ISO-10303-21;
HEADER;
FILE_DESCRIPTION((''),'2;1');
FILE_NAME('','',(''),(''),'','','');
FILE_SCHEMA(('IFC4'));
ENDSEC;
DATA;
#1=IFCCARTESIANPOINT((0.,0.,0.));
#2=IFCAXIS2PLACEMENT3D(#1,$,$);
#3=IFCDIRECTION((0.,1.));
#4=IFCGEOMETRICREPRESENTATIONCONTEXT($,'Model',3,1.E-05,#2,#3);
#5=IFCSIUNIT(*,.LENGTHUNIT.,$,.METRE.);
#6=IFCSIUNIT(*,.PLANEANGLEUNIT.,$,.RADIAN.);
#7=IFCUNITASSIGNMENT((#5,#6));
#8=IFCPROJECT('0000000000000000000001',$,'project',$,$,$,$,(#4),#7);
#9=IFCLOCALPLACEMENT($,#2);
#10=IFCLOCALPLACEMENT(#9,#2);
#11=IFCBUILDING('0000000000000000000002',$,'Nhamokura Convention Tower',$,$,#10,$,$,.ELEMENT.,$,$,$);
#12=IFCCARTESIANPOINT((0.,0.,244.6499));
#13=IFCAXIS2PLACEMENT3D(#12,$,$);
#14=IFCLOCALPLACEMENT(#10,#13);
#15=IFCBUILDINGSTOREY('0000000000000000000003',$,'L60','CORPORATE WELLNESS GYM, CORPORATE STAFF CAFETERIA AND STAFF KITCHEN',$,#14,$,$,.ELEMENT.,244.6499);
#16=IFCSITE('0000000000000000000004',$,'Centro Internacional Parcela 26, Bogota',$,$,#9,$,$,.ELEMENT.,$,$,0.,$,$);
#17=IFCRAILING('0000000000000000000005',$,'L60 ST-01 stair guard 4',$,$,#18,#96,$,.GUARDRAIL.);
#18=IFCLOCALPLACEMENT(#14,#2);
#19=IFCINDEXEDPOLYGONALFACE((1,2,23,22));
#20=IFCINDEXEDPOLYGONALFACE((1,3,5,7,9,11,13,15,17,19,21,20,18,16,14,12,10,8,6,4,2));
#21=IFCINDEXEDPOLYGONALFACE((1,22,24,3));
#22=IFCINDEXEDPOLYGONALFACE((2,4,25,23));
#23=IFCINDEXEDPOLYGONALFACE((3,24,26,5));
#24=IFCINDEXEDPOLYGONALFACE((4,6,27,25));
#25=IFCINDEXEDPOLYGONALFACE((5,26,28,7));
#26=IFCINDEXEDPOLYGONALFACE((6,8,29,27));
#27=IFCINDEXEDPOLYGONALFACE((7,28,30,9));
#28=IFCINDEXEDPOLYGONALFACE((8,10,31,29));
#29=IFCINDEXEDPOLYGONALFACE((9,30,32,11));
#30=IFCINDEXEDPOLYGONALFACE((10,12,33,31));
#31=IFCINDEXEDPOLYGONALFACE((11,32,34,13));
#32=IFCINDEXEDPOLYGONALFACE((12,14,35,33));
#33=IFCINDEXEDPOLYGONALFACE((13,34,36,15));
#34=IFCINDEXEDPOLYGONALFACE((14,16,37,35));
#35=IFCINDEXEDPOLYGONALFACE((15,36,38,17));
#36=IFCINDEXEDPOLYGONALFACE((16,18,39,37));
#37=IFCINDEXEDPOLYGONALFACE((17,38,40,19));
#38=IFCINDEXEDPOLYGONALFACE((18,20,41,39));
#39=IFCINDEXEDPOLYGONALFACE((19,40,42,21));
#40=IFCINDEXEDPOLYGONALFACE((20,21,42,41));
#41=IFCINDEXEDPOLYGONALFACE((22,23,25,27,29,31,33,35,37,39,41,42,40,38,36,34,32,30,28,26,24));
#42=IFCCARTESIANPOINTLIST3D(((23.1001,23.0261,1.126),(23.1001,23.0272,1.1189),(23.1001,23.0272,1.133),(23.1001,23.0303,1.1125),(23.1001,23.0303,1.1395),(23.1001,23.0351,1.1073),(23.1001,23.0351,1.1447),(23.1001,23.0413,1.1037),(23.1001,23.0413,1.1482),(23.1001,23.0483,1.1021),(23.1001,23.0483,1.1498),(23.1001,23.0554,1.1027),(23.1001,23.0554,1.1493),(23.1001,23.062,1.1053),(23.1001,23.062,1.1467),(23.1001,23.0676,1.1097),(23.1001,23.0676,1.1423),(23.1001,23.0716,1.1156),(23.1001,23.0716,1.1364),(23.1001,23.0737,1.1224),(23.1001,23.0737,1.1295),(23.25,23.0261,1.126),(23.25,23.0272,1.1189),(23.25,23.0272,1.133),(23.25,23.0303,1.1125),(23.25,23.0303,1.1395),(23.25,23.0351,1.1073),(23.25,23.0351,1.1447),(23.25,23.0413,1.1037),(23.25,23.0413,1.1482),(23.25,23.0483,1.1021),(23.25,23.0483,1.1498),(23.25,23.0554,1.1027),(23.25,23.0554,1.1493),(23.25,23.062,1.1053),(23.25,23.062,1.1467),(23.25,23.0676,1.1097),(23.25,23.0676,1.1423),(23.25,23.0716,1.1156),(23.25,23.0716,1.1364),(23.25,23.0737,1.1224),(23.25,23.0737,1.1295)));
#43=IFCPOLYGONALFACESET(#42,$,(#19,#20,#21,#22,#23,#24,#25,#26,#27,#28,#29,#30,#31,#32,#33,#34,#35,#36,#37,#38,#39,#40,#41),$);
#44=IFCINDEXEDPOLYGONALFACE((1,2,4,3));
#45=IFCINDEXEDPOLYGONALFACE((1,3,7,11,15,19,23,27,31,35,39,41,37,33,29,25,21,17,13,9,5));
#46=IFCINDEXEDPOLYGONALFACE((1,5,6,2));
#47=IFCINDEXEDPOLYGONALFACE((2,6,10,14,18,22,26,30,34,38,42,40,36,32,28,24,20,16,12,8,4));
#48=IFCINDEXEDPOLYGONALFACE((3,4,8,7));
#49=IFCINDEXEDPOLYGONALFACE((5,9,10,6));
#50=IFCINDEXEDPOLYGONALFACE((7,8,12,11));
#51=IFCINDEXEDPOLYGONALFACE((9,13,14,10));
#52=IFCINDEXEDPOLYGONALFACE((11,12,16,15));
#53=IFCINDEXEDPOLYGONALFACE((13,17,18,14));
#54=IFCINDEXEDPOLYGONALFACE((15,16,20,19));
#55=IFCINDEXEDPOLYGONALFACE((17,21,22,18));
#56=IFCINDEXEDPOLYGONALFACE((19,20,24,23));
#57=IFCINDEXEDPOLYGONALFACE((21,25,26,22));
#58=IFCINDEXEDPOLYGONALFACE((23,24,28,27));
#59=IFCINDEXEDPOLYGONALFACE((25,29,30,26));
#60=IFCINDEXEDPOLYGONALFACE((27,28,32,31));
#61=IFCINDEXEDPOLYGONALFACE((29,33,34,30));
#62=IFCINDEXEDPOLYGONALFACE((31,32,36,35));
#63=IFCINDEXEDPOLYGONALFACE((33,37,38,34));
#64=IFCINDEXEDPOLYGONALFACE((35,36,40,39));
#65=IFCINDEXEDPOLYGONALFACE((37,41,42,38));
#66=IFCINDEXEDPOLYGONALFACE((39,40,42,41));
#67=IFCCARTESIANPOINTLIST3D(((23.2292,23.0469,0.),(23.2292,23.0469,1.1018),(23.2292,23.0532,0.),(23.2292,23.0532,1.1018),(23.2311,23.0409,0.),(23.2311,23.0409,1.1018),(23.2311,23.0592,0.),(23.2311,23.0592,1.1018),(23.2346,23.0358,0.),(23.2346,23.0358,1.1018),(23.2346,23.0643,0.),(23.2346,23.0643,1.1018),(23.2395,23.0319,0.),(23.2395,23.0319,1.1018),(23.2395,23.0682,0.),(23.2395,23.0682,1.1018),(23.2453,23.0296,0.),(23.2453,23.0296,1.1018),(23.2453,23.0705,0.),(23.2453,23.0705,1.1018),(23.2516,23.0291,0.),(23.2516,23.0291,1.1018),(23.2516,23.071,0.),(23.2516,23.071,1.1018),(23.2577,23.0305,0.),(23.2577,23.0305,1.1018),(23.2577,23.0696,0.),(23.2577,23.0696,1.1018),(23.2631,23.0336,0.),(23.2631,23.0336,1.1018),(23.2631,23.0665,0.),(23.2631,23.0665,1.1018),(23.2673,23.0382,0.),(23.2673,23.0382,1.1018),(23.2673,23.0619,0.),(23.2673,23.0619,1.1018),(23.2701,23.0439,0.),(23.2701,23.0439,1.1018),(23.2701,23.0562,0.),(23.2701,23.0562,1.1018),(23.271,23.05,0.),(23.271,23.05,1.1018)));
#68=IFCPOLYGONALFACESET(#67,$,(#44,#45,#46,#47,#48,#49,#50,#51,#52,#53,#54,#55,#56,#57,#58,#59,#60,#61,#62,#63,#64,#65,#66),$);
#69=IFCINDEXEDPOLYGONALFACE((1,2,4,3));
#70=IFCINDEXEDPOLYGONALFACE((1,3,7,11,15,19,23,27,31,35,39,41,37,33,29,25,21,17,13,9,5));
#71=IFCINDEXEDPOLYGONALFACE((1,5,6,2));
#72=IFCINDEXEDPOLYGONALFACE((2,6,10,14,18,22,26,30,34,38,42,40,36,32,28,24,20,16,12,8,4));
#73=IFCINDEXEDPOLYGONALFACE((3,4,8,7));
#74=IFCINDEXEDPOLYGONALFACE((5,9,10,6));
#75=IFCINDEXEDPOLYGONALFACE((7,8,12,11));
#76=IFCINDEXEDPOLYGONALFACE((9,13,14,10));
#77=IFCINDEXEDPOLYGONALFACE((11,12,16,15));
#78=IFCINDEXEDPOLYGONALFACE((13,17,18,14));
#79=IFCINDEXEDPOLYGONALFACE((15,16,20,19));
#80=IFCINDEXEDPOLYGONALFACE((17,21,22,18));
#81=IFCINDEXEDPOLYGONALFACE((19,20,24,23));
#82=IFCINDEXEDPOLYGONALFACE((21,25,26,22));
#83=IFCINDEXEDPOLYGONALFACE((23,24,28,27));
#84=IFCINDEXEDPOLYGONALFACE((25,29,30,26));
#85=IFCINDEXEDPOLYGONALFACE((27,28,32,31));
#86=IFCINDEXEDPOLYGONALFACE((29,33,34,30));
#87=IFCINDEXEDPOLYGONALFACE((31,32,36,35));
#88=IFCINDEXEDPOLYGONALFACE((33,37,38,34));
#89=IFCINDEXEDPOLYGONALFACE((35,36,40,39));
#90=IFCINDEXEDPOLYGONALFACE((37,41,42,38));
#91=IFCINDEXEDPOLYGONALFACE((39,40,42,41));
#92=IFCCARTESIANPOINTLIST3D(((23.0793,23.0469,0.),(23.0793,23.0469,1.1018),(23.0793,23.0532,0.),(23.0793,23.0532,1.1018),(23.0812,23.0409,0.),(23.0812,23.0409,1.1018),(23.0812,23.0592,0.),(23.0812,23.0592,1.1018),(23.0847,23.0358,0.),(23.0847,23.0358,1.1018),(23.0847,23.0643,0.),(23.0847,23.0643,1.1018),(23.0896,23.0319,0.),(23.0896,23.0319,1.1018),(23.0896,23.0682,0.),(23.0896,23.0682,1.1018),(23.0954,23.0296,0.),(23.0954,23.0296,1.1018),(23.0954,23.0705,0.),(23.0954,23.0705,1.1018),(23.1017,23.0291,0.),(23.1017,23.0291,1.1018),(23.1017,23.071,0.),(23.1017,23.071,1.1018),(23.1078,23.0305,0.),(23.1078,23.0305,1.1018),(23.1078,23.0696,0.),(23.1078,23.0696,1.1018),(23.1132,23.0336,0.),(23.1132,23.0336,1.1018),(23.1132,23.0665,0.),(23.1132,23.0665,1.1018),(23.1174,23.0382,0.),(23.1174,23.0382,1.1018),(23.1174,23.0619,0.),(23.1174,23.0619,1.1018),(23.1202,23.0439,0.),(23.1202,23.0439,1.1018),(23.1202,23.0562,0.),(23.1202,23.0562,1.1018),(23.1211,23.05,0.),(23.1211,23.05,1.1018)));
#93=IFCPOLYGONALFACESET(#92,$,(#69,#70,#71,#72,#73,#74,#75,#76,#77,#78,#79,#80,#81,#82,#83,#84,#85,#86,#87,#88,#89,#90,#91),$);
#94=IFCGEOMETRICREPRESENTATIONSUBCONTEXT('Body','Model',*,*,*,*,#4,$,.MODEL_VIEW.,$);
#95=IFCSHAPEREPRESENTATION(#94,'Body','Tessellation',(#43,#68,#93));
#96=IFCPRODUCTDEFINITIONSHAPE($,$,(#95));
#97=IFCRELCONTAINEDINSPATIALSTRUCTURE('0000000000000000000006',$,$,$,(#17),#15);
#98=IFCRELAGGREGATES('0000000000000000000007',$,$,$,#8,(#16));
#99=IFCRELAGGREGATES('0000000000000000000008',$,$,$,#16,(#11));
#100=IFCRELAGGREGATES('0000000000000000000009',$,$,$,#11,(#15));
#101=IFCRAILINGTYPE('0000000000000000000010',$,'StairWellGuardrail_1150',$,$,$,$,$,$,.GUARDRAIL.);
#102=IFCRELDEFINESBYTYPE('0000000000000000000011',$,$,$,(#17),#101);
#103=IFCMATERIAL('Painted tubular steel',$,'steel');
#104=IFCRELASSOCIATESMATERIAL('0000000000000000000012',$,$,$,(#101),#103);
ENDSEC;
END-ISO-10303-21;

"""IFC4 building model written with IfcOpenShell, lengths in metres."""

from ifc_helpers import new_model, si_unit, direction, frame, origin, origin_2d, place, context, subcontext, project, spatial, circle, extrude, material, type_object, element, save


model = new_model("IFC4")

# Units and contexts
model_context = context("Model", 3, precision=1e-05, world=origin(), true_north=direction((0.0, 1.0)))
body_context = subcontext(model_context, "Body", "Model", "MODEL_VIEW")
ifc_project = project(units=[si_unit("LENGTHUNIT", "METRE"), si_unit("PLANEANGLEUNIT", "RADIAN")], contexts=[model_context])

# Site, building, storey
site_placement = place(None, origin())
site = spatial("IfcSite", under=ifc_project, at=site_placement, Name="Centro Internacional Parcela 26, Bogota", CompositionType="ELEMENT", RefElevation=0.0)
building_placement = place(site_placement, origin())
building = spatial("IfcBuilding", under=site, at=building_placement, Name="Nhamokura Convention Tower", CompositionType="ELEMENT")
storey_placement = place(building_placement, frame((0.0, 0.0, 244.6499)))
storey = spatial("IfcBuildingStorey", under=building, at=storey_placement, Name="L60", Description="CORPORATE WELLNESS GYM, CORPORATE STAFF CAFETERIA AND STAFF KITCHEN", CompositionType="ELEMENT", Elevation=244.6499)

# Railing
ifc_material_1 = material(Name="Painted tubular steel", Category="steel")
railing_type_1 = type_object("IfcRailingType", Name="StairWellGuardrail_1150", PredefinedType="GUARDRAIL", material=ifc_material_1)
railing_1_placement = place(storey_placement, frame((23.25, 23.05, 0.0)))
element("IfcRailing", 1, at=railing_1_placement, inside=storey, type_object=railing_type_1, Name="L60 ST-01 stair guard 4", PredefinedType="GUARDRAIL", context=body_context, shape_type="SweptSolid", body=[
    extrude(circle(Radius=0.0239, at=origin_2d()), frame((0.0, 0.0, 1.126), z_axis=(-1.0, 0.0, 0.0), x_axis=(0.0, -1.0, 0.0)), (0.0, 0.0, 1.0), 0.1499),
    extrude(circle(Radius=0.021, at=origin_2d()), origin(), (0.0, 0.0, 1.0), 1.1018),
    extrude(circle(Radius=0.021, at=origin_2d()), frame((-0.1499, 0.0, 0.0)), (0.0, 0.0, 1.0), 1.1018),
])

save(model, "model.ifc")
